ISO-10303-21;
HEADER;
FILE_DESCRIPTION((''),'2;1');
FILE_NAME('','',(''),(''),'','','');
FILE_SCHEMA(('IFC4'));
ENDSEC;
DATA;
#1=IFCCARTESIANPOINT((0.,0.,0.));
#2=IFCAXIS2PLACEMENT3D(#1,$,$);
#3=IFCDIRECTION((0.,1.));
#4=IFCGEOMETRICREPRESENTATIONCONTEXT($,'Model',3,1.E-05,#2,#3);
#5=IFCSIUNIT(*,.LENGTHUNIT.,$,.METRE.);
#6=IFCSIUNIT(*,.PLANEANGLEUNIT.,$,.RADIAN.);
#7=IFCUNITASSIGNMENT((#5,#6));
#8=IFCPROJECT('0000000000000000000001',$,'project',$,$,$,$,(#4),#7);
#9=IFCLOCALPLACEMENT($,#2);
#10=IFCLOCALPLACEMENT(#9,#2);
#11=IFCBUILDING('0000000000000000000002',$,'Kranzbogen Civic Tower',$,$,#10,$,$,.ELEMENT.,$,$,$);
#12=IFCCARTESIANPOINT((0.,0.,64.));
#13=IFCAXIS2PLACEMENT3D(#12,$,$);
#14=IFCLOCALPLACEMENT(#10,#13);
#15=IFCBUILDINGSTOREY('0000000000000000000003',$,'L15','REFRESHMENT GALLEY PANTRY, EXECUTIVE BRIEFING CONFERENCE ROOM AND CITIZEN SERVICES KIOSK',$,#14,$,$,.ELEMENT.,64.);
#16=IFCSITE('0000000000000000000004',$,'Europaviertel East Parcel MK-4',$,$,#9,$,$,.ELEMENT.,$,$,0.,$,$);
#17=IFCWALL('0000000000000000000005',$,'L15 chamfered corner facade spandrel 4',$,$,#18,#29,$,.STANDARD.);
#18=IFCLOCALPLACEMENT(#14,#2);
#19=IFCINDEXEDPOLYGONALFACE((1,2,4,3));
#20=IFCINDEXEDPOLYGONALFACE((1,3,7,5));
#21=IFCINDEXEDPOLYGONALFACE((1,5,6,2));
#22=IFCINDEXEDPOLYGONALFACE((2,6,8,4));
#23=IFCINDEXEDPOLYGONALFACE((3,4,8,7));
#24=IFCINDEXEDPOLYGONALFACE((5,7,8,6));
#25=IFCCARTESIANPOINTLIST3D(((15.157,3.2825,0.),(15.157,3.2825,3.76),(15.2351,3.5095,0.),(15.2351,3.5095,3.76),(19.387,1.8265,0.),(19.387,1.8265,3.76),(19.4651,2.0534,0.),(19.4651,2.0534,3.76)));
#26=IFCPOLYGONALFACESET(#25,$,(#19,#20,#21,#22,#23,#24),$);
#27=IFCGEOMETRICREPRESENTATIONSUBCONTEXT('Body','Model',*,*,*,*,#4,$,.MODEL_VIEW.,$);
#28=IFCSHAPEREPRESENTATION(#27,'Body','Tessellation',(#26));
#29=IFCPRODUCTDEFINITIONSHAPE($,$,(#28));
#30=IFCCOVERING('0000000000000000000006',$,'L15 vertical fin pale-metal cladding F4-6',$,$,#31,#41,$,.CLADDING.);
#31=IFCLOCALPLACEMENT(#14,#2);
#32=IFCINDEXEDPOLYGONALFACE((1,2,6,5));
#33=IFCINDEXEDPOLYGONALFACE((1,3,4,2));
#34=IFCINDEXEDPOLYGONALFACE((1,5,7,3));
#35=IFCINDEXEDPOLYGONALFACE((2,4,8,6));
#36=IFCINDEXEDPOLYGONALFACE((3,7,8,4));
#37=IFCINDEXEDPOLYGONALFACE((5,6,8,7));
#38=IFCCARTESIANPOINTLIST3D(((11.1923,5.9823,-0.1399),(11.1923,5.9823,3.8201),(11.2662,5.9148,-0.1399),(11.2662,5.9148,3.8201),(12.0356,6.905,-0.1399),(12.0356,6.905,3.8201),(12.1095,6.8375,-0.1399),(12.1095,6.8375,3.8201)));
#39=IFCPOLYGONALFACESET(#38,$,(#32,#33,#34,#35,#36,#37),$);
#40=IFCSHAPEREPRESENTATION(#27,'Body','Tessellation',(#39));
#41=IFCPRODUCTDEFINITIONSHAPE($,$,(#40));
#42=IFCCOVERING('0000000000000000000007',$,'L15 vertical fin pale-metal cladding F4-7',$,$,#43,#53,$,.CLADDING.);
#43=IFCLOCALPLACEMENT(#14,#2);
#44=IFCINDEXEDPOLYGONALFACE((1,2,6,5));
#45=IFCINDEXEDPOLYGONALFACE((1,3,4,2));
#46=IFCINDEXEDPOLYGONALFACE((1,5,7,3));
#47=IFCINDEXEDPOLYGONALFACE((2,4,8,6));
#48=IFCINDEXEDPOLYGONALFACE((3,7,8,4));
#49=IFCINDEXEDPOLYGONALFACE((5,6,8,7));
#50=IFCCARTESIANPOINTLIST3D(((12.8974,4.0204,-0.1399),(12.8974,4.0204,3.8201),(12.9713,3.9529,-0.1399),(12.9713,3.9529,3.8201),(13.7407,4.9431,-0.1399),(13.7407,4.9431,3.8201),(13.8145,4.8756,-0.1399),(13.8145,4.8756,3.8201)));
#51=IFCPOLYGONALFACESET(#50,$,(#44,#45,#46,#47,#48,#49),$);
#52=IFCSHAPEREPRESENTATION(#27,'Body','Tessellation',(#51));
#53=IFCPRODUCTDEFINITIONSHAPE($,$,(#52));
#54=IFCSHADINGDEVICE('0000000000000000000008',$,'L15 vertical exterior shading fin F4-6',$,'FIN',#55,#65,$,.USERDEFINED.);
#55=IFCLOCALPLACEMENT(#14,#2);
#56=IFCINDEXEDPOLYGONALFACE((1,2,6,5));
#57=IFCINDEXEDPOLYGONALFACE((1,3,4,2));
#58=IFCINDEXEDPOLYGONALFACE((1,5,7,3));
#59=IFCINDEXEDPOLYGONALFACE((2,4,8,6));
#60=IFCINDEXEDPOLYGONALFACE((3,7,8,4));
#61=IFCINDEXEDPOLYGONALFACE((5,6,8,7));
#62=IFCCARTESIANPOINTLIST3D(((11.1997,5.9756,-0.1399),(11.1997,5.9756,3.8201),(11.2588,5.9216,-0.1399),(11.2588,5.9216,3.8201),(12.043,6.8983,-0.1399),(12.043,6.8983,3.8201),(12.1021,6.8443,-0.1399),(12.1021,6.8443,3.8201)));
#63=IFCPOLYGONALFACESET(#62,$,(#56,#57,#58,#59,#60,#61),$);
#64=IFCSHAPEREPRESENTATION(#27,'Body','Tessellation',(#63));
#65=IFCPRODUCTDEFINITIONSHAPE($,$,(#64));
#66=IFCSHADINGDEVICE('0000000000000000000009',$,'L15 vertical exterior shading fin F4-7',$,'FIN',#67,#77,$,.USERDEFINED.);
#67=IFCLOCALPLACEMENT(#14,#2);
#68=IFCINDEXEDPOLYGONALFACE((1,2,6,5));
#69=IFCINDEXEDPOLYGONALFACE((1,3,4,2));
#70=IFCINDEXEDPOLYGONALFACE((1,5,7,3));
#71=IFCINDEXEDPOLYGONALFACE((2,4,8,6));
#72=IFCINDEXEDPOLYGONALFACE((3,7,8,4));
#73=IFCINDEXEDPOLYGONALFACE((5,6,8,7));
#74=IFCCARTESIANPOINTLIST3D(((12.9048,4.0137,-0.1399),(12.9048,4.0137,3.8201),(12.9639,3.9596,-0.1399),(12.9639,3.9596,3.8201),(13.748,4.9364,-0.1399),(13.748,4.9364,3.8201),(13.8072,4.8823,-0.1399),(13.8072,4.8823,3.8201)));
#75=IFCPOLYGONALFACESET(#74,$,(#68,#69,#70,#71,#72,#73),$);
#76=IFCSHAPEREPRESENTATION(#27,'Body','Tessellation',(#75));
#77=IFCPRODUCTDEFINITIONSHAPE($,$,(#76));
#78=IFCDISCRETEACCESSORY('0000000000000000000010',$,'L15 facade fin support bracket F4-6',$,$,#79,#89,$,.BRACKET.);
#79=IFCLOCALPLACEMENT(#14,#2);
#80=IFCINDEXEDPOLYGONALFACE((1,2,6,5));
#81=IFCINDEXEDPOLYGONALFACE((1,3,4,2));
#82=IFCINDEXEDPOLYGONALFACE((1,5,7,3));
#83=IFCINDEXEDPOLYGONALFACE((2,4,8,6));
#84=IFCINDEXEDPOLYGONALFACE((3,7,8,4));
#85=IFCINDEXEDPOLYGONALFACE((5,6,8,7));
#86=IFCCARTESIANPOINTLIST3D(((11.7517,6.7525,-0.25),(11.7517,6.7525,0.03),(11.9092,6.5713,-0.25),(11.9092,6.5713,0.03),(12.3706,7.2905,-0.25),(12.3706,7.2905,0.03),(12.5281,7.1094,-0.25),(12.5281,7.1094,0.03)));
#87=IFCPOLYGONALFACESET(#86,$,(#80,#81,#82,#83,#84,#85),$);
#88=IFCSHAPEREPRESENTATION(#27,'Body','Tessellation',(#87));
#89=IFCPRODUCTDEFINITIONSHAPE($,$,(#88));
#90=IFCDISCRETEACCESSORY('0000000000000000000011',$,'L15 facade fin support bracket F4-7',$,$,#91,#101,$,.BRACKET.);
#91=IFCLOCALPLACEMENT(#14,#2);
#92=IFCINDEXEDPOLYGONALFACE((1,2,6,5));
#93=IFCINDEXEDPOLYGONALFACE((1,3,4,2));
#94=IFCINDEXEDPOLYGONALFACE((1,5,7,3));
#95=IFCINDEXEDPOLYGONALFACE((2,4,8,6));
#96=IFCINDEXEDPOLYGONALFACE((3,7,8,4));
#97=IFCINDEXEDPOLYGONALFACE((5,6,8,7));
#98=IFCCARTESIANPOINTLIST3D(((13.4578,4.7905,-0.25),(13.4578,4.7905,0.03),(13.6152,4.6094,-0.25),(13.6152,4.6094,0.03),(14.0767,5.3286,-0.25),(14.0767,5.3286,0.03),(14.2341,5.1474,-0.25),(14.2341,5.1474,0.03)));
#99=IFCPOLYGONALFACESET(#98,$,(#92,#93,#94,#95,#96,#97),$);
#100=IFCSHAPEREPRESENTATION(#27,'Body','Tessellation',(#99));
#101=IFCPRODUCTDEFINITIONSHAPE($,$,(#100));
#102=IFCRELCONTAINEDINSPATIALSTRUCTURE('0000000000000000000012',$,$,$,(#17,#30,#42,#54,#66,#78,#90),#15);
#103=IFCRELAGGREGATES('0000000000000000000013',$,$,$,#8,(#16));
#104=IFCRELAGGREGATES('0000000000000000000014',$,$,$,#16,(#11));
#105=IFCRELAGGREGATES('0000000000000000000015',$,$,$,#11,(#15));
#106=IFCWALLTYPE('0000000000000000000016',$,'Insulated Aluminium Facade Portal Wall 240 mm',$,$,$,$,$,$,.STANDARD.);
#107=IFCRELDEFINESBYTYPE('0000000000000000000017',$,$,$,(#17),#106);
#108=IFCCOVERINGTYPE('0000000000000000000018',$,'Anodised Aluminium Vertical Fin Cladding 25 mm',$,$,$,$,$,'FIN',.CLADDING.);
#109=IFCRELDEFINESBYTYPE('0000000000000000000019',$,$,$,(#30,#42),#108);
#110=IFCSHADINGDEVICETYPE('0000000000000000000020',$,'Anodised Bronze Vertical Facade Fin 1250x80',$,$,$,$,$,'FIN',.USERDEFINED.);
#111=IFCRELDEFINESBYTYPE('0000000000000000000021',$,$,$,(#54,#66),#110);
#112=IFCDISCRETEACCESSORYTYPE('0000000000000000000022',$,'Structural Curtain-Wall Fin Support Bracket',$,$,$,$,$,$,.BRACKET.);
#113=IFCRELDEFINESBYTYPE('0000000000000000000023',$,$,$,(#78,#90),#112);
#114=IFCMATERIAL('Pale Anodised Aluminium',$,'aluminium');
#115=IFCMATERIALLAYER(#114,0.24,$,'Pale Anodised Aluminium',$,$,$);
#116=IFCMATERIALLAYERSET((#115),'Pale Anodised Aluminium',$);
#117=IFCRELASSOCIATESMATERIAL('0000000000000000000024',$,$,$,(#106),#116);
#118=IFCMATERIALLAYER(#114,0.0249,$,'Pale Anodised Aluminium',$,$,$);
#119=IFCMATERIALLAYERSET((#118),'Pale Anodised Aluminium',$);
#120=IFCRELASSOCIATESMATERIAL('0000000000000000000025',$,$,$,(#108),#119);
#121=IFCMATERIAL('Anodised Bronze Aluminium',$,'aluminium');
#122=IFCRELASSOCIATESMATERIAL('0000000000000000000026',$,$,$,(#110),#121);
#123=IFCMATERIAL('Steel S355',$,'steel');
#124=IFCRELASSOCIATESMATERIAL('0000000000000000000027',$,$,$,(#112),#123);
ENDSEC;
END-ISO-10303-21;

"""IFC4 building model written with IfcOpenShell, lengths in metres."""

from ifc_helpers import new_model, si_unit, direction, frame, frame_2d, origin, origin_2d, place, context, subcontext, project, spatial, rectangle, extrude, material, layer, layer_set, type_object, element, save


model = new_model("IFC4")

# Units and contexts
model_context = context("Model", 3, precision=1e-05, world=origin(), true_north=direction((0.0, 1.0)))
body_context = subcontext(model_context, "Body", "Model", "MODEL_VIEW")
ifc_project = project(units=[si_unit("LENGTHUNIT", "METRE"), si_unit("PLANEANGLEUNIT", "RADIAN")], contexts=[model_context])

# Site, building, storey
site_placement = place(None, origin())
site = spatial("IfcSite", under=ifc_project, at=site_placement, Name="Europaviertel East Parcel MK-4", CompositionType="ELEMENT", RefElevation=0.0)
building_placement = place(site_placement, origin())
building = spatial("IfcBuilding", under=site, at=building_placement, Name="Kranzbogen Civic Tower", CompositionType="ELEMENT")
storey_placement = place(building_placement, frame((0.0, 0.0, 64.0)))
storey = spatial("IfcBuildingStorey", under=building, at=storey_placement, Name="L15", Description="REFRESHMENT GALLEY PANTRY, EXECUTIVE BRIEFING CONFERENCE ROOM AND CITIZEN SERVICES KIOSK", CompositionType="ELEMENT", Elevation=64.0)

# Shared definitions
ifc_material_1 = material(Name="Steel S355", Category="steel")

# Shared definitions
ifc_material_2 = material(Name="Pale Anodised Aluminium", Category="aluminium")

# Wall
ifc_layer_1 = layer(ifc_material_2, 0.24, Name="Pale Anodised Aluminium")
ifc_layer_set_1 = layer_set([ifc_layer_1], Name="Pale Anodised Aluminium")
wall_type = type_object("IfcWallType", Name="Insulated Aluminium Facade Portal Wall 240 mm", PredefinedType="STANDARD", material=ifc_layer_set_1)
wall_placement = place(storey_placement, frame((15.196, 3.396, 0.0), z_axis=(0.0, 0.0, 1.0), x_axis=(0.945549, -0.325479, 0.0)))
element("IfcWall", 1, at=wall_placement, inside=storey, type_object=wall_type, Name="L15 chamfered corner facade spandrel 4", PredefinedType="STANDARD", context=body_context, shape_type="SweptSolid", body=[
    extrude(rectangle(XDim=4.4736, YDim=0.24, at=frame_2d((2.2368, 0.0))), origin(), (0.0, 0.0, 1.0), 3.76),
])

# Coverings
ifc_layer_2 = layer(ifc_material_2, 0.0249, Name="Pale Anodised Aluminium")
ifc_layer_set_2 = layer_set([ifc_layer_2], Name="Pale Anodised Aluminium")
covering_type = type_object("IfcCoveringType", Name="Anodised Aluminium Vertical Fin Cladding 25 mm", ElementType="FIN", PredefinedType="CLADDING", material=ifc_layer_set_2)
for number, where, z_axis, x_axis, name in (
    (2, (11.6509, 6.4099, -0.1399), (0.0, 0.0, 1.0), (-0.674625, -0.738161, 0.0), "L15 vertical fin pale-metal cladding F4-6"),
    (3, (13.356, 4.448, -0.1399), (0.0, 0.0, 1.0), (-0.674625, -0.738161, 0.0), "L15 vertical fin pale-metal cladding F4-7"),
):
    element("IfcCovering", number, at=place(storey_placement, frame(where, z_axis=z_axis, x_axis=x_axis)), inside=storey, type_object=covering_type, Name=name, PredefinedType="CLADDING", context=body_context, shape_type="SweptSolid", body=[
        extrude(rectangle(XDim=1.25, YDim=0.1001, at=origin_2d()), origin(), (0.0, 0.0, 1.0), 3.96),
    ])

# Shading devices
ifc_material_3 = material(Name="Anodised Bronze Aluminium", Category="aluminium")
shading_device_type = type_object("IfcShadingDeviceType", Name="Anodised Bronze Vertical Facade Fin 1250x80", ElementType="FIN", PredefinedType="USERDEFINED", material=ifc_material_3)
for number, where, z_axis, x_axis, name in (
    (4, (11.6509, 6.4099, -0.1399), (0.0, 0.0, 1.0), (-0.674625, -0.738161, 0.0), "L15 vertical exterior shading fin F4-6"),
    (5, (13.356, 4.448, -0.1399), (0.0, 0.0, 1.0), (-0.674625, -0.738161, 0.0), "L15 vertical exterior shading fin F4-7"),
):
    element("IfcShadingDevice", number, at=place(storey_placement, frame(where, z_axis=z_axis, x_axis=x_axis)), inside=storey, type_object=shading_device_type, Name=name, ObjectType="FIN", PredefinedType="USERDEFINED", context=body_context, shape_type="SweptSolid", body=[
        extrude(rectangle(XDim=1.25, YDim=0.0801, at=origin_2d()), origin(), (0.0, 0.0, 1.0), 3.96),
    ])

# Discrete accessories
discrete_accessory_type = type_object("IfcDiscreteAccessoryType", Name="Structural Curtain-Wall Fin Support Bracket", PredefinedType="BRACKET", material=ifc_material_1)
for number, where, z_axis, x_axis, name in (
    (6, (12.1399, 6.9309, -0.25), (0.0, 0.0, 1.0), (-0.75471, -0.656059, 0.0), "L15 facade fin support bracket F4-6"),
    (7, (13.8459, 4.969, -0.25), (0.0, 0.0, 1.0), (-0.75471, -0.656059, 0.0), "L15 facade fin support bracket F4-7"),
):
    element("IfcDiscreteAccessory", number, at=place(storey_placement, frame(where, z_axis=z_axis, x_axis=x_axis)), inside=storey, type_object=discrete_accessory_type, Name=name, PredefinedType="BRACKET", context=body_context, shape_type="SweptSolid", body=[
        extrude(rectangle(XDim=0.8201, YDim=0.24, at=origin_2d()), origin(), (0.0, 0.0, 1.0), 0.28),
    ])

save(model, "model.ifc")
